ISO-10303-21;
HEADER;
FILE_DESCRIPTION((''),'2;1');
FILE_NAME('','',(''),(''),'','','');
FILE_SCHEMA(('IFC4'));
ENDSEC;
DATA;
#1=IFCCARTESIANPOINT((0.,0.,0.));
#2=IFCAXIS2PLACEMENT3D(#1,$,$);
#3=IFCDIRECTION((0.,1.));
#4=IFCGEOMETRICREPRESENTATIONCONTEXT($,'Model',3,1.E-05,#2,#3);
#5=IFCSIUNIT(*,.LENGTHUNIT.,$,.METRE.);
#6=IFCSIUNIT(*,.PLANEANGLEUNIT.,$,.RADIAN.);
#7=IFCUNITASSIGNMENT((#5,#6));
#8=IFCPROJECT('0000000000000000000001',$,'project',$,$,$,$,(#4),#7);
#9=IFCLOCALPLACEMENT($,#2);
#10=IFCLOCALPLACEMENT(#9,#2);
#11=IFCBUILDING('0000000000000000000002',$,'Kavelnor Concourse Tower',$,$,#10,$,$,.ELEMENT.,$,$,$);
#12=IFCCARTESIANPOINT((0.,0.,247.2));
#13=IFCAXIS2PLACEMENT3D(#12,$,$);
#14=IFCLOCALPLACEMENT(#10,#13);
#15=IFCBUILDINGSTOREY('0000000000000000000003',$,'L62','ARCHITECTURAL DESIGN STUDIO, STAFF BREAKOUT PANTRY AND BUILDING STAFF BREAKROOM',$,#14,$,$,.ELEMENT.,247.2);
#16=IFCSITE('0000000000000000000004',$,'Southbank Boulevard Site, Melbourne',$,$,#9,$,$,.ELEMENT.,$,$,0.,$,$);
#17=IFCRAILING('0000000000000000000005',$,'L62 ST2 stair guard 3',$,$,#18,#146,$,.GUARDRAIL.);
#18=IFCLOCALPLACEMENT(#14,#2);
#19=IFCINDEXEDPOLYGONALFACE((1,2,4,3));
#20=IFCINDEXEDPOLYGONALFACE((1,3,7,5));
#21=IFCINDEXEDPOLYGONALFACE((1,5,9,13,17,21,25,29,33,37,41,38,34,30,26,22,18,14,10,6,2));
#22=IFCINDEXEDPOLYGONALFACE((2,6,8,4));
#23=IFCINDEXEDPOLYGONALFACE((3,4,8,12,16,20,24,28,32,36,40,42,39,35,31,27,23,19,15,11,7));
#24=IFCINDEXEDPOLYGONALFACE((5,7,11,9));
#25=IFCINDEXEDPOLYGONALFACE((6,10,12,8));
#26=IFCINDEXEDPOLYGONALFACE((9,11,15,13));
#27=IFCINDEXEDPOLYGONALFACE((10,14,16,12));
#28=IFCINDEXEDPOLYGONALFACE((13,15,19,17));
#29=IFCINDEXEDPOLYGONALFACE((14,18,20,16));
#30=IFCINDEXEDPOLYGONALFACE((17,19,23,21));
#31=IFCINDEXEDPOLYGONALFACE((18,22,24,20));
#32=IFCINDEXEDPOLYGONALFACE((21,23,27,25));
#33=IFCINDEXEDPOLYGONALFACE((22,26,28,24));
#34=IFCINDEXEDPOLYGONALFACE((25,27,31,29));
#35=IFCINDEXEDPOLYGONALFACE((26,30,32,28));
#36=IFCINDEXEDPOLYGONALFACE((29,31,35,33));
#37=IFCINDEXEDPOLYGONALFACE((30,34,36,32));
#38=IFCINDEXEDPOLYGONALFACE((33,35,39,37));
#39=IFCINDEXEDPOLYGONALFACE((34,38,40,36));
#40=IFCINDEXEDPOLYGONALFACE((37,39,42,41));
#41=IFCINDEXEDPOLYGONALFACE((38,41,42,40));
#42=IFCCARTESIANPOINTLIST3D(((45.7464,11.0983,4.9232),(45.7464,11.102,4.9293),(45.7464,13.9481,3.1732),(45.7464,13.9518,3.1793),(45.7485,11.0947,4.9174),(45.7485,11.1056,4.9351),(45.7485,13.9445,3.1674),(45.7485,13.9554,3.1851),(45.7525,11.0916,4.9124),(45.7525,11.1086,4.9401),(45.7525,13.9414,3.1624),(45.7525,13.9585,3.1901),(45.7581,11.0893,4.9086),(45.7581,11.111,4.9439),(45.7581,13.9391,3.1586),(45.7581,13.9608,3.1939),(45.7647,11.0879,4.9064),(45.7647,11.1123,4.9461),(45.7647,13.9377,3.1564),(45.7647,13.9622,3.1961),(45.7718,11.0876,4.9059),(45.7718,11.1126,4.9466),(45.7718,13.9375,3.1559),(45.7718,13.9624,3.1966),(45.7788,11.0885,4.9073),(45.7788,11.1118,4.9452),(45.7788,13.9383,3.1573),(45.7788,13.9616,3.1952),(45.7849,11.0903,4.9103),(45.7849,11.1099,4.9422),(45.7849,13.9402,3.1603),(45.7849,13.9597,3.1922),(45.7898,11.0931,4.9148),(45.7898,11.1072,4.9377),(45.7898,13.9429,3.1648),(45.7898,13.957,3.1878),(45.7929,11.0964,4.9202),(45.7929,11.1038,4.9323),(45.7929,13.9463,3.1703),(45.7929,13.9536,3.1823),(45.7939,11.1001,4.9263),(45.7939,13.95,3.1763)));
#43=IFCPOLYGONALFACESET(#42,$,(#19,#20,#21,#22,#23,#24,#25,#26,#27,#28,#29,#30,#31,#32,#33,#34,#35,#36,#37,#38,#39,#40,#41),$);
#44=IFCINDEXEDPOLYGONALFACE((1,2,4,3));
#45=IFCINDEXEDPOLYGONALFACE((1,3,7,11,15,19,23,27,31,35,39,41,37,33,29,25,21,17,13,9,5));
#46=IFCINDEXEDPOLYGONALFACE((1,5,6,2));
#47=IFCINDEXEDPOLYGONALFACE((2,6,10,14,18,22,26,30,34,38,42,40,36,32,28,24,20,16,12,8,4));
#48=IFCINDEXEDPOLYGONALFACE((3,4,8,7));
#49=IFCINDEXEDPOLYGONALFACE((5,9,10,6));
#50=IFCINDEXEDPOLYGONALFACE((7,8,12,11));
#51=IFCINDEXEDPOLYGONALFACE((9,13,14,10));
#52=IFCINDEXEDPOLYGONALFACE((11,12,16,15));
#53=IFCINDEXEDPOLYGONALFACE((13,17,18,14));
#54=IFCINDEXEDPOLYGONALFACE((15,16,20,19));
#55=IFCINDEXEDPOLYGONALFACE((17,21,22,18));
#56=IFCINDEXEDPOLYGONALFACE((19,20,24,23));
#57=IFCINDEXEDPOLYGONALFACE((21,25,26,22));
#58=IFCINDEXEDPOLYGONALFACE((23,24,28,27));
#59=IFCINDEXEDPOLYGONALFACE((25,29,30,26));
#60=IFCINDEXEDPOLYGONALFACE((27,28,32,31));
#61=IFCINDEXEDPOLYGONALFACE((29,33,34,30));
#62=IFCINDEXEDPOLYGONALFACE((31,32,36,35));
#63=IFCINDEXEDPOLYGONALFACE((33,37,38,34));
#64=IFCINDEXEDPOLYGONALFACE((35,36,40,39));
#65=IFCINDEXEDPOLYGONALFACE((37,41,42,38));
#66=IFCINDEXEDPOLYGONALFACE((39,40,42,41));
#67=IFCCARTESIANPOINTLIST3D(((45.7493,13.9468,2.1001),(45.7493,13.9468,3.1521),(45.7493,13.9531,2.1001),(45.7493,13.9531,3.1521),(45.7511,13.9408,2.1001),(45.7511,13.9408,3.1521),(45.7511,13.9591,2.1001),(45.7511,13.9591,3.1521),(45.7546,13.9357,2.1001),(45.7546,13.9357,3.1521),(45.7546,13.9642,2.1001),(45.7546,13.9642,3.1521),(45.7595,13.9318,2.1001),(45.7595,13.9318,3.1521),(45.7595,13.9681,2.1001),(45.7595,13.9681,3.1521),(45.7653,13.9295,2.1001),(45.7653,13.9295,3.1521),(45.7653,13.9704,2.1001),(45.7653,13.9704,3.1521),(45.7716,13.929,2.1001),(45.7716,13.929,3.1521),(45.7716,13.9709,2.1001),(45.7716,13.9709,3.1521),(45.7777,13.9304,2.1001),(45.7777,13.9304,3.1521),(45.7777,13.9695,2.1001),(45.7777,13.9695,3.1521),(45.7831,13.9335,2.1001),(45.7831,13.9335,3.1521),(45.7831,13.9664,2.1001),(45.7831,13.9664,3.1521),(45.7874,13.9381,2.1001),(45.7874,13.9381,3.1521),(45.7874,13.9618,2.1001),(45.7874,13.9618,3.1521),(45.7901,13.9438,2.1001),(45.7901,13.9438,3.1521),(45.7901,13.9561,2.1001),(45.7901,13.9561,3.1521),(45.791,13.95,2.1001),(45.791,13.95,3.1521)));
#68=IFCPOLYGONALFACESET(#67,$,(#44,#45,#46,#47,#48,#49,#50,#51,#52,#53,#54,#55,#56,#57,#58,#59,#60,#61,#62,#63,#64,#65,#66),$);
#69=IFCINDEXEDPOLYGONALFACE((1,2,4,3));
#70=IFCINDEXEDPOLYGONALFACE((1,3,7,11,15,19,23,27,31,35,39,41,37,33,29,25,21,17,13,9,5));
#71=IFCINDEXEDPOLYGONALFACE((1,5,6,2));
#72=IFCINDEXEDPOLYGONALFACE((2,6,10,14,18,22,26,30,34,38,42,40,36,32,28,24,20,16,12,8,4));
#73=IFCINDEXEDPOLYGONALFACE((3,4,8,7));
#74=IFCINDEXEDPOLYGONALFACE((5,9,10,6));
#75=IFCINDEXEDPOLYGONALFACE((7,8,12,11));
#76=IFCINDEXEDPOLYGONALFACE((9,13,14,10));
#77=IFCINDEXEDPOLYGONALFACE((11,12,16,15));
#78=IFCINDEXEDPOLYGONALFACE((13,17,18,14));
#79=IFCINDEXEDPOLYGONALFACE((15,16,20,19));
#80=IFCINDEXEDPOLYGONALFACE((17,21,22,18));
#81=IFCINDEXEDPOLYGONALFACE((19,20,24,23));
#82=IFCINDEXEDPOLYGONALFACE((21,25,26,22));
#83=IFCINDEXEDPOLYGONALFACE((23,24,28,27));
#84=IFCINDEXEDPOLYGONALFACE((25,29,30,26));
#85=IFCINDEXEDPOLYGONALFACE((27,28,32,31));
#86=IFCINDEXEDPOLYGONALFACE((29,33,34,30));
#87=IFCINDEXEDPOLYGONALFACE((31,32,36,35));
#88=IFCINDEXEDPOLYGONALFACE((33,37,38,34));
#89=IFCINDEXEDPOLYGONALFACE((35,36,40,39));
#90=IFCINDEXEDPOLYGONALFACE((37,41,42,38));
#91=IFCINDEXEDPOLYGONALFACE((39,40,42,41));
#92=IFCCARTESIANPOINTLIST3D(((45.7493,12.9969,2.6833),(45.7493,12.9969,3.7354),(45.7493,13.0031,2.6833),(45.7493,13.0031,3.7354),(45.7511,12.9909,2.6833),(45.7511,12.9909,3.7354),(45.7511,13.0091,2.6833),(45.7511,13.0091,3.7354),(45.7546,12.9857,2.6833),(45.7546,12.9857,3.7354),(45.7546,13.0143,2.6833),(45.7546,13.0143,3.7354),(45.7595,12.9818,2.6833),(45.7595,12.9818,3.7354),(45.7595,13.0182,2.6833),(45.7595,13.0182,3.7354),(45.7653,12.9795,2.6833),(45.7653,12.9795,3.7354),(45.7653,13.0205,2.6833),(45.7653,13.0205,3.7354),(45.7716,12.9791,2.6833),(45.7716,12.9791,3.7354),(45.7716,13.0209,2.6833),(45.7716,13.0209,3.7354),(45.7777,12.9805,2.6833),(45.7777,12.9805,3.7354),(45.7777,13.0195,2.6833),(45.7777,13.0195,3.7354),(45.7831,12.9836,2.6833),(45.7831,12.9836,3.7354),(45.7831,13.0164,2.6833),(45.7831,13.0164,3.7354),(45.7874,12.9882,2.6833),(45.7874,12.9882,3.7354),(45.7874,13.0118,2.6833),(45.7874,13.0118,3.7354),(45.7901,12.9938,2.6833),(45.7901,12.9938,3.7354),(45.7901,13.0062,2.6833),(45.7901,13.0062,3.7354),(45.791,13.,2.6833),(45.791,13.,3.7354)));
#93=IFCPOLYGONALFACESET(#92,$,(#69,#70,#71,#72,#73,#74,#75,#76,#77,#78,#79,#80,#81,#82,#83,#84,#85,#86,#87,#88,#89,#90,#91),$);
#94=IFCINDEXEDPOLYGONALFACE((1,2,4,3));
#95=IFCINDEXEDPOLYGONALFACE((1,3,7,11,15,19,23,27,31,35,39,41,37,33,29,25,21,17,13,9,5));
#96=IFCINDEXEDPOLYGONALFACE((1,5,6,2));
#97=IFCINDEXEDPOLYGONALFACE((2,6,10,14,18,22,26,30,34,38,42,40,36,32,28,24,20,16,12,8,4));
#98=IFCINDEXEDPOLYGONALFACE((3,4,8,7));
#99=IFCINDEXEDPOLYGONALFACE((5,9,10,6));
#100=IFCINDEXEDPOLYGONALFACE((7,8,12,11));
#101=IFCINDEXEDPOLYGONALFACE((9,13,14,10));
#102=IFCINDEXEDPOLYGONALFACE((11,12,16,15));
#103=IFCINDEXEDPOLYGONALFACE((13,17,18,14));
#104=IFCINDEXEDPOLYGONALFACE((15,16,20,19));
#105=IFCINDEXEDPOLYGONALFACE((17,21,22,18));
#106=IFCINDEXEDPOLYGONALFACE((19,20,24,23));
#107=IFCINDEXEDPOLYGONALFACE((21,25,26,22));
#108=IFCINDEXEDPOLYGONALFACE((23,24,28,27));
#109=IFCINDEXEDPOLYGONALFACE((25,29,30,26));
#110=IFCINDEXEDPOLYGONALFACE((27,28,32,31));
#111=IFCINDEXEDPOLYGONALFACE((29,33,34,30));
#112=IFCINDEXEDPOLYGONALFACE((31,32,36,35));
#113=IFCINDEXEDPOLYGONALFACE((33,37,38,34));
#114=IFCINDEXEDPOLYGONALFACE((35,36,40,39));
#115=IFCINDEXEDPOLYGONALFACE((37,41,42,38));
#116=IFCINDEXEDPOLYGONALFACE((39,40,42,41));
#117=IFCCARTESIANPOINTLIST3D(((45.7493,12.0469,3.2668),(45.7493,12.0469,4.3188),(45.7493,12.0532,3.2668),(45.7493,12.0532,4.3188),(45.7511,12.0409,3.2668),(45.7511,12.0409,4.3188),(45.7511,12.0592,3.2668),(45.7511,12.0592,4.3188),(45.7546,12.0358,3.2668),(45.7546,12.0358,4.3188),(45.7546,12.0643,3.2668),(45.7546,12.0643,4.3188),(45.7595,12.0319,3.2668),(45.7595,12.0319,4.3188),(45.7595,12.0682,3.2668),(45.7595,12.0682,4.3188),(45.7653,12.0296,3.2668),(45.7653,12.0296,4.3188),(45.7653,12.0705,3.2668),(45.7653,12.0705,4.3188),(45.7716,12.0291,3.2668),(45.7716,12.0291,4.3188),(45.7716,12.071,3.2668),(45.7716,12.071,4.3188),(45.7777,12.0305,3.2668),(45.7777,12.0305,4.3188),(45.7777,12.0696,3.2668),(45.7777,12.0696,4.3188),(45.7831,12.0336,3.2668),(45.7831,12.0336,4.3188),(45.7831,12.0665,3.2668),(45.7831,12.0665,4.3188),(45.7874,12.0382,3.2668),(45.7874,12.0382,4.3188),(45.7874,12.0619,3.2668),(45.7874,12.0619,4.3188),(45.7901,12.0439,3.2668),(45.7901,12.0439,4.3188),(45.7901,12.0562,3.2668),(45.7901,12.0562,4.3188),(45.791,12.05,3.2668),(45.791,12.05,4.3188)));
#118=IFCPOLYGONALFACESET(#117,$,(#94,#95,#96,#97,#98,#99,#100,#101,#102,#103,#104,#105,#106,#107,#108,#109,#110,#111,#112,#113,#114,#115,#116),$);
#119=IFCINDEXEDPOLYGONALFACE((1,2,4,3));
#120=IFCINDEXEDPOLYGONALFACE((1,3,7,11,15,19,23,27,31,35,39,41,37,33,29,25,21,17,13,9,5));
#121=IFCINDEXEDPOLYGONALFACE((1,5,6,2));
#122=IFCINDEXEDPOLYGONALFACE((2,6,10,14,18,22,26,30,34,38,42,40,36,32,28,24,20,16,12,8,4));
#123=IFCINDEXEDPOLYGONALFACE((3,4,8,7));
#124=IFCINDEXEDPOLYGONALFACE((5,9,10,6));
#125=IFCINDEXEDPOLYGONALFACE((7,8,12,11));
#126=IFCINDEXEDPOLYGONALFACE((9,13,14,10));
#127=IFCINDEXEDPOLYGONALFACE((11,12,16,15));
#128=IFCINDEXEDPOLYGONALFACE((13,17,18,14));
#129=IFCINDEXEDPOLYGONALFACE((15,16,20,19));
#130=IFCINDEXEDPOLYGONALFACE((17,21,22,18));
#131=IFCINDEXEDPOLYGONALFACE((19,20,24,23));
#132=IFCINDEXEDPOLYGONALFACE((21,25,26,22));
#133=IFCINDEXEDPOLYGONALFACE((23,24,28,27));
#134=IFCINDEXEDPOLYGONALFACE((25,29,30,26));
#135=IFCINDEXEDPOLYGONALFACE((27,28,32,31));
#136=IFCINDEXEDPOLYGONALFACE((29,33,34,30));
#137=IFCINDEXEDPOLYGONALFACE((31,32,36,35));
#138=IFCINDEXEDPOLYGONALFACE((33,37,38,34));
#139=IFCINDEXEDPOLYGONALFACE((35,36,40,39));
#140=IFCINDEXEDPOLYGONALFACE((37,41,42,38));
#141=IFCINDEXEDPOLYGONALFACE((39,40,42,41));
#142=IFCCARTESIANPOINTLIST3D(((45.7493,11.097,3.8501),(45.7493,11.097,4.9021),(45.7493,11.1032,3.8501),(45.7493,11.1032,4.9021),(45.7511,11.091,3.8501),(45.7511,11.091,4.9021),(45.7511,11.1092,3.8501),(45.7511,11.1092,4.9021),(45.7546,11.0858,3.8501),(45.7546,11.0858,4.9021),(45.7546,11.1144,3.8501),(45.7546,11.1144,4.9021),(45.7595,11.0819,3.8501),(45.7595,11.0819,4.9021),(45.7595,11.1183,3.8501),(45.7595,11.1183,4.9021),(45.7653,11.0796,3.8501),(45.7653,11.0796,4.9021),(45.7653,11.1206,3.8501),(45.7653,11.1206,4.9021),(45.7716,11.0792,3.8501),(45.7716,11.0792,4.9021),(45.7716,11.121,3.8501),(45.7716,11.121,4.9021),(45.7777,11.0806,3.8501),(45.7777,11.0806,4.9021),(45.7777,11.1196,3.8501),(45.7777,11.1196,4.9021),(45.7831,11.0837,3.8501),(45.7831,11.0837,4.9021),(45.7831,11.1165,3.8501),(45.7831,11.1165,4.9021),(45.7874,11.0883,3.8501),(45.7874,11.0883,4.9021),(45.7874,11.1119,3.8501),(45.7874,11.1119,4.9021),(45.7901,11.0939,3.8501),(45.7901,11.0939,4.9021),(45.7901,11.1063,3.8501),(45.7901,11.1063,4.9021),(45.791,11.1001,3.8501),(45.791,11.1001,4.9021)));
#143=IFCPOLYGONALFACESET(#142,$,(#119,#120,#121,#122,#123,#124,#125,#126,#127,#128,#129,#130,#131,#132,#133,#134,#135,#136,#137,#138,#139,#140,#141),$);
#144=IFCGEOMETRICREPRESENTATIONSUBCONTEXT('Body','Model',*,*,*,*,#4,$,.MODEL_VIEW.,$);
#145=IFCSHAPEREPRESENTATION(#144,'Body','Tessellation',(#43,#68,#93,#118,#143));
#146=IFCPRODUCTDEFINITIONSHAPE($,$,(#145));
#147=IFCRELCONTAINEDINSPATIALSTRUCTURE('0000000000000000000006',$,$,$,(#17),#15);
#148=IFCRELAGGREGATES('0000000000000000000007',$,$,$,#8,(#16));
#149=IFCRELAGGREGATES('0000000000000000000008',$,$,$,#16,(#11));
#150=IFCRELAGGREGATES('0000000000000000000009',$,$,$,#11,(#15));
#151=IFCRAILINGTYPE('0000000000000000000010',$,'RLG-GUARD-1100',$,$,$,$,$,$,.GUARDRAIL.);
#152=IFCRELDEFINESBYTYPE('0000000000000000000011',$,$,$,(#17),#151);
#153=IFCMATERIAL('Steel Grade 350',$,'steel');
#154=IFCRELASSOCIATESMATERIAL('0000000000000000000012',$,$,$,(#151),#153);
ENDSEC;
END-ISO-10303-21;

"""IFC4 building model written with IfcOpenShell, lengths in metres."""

from ifc_helpers import new_model, si_unit, direction, frame, origin, origin_2d, place, context, subcontext, project, spatial, circle, extrude, material, type_object, element, save


model = new_model("IFC4")

# Units and contexts
model_context = context("Model", 3, precision=1e-05, world=origin(), true_north=direction((0.0, 1.0)))
body_context = subcontext(model_context, "Body", "Model", "MODEL_VIEW")
ifc_project = project(units=[si_unit("LENGTHUNIT", "METRE"), si_unit("PLANEANGLEUNIT", "RADIAN")], contexts=[model_context])

# Site, building, storey
site_placement = place(None, origin())
site = spatial("IfcSite", under=ifc_project, at=site_placement, Name="Southbank Boulevard Site, Melbourne", CompositionType="ELEMENT", RefElevation=0.0)
building_placement = place(site_placement, origin())
building = spatial("IfcBuilding", under=site, at=building_placement, Name="Kavelnor Concourse Tower", CompositionType="ELEMENT")
storey_placement = place(building_placement, frame((0.0, 0.0, 247.2)))
storey = spatial("IfcBuildingStorey", under=building, at=storey_placement, Name="L62", Description="ARCHITECTURAL DESIGN STUDIO, STAFF BREAKOUT PANTRY AND BUILDING STAFF BREAKROOM", CompositionType="ELEMENT", Elevation=247.2)

# Shared definitions
ifc_material_1 = material(Name="Steel Grade 350", Category="steel")

# Railing
railing_type_1 = type_object("IfcRailingType", Name="RLG-GUARD-1100", PredefinedType="GUARDRAIL", material=ifc_material_1)
railing_1_placement = place(storey_placement, frame((45.77, 13.95, 2.1001)))
element("IfcRailing", 1, at=railing_1_placement, inside=storey, type_object=railing_type_1, Name="L62 ST2 stair guard 3", PredefinedType="GUARDRAIL", context=body_context, shape_type="SweptSolid", body=[
    extrude(circle(Radius=0.0239, at=origin_2d()), frame((0.0, 0.0, 1.0762), z_axis=(0.0, -0.852159, 0.523283), x_axis=(1.0, 0.0, 0.0)), (0.0, 0.0, 1.0), 3.3442),
    extrude(circle(Radius=0.021, at=origin_2d()), origin(), (0.0, 0.0, 1.0), 1.052),
    extrude(circle(Radius=0.021, at=origin_2d()), frame((0.0, -0.95, 0.5833)), (0.0, 0.0, 1.0), 1.052),
    extrude(circle(Radius=0.021, at=origin_2d()), frame((0.0, -1.8999, 1.1667)), (0.0, 0.0, 1.0), 1.052),
    extrude(circle(Radius=0.021, at=origin_2d()), frame((0.0, -2.8499, 1.75)), (0.0, 0.0, 1.0), 1.052),
])

save(model, "model.ifc")
